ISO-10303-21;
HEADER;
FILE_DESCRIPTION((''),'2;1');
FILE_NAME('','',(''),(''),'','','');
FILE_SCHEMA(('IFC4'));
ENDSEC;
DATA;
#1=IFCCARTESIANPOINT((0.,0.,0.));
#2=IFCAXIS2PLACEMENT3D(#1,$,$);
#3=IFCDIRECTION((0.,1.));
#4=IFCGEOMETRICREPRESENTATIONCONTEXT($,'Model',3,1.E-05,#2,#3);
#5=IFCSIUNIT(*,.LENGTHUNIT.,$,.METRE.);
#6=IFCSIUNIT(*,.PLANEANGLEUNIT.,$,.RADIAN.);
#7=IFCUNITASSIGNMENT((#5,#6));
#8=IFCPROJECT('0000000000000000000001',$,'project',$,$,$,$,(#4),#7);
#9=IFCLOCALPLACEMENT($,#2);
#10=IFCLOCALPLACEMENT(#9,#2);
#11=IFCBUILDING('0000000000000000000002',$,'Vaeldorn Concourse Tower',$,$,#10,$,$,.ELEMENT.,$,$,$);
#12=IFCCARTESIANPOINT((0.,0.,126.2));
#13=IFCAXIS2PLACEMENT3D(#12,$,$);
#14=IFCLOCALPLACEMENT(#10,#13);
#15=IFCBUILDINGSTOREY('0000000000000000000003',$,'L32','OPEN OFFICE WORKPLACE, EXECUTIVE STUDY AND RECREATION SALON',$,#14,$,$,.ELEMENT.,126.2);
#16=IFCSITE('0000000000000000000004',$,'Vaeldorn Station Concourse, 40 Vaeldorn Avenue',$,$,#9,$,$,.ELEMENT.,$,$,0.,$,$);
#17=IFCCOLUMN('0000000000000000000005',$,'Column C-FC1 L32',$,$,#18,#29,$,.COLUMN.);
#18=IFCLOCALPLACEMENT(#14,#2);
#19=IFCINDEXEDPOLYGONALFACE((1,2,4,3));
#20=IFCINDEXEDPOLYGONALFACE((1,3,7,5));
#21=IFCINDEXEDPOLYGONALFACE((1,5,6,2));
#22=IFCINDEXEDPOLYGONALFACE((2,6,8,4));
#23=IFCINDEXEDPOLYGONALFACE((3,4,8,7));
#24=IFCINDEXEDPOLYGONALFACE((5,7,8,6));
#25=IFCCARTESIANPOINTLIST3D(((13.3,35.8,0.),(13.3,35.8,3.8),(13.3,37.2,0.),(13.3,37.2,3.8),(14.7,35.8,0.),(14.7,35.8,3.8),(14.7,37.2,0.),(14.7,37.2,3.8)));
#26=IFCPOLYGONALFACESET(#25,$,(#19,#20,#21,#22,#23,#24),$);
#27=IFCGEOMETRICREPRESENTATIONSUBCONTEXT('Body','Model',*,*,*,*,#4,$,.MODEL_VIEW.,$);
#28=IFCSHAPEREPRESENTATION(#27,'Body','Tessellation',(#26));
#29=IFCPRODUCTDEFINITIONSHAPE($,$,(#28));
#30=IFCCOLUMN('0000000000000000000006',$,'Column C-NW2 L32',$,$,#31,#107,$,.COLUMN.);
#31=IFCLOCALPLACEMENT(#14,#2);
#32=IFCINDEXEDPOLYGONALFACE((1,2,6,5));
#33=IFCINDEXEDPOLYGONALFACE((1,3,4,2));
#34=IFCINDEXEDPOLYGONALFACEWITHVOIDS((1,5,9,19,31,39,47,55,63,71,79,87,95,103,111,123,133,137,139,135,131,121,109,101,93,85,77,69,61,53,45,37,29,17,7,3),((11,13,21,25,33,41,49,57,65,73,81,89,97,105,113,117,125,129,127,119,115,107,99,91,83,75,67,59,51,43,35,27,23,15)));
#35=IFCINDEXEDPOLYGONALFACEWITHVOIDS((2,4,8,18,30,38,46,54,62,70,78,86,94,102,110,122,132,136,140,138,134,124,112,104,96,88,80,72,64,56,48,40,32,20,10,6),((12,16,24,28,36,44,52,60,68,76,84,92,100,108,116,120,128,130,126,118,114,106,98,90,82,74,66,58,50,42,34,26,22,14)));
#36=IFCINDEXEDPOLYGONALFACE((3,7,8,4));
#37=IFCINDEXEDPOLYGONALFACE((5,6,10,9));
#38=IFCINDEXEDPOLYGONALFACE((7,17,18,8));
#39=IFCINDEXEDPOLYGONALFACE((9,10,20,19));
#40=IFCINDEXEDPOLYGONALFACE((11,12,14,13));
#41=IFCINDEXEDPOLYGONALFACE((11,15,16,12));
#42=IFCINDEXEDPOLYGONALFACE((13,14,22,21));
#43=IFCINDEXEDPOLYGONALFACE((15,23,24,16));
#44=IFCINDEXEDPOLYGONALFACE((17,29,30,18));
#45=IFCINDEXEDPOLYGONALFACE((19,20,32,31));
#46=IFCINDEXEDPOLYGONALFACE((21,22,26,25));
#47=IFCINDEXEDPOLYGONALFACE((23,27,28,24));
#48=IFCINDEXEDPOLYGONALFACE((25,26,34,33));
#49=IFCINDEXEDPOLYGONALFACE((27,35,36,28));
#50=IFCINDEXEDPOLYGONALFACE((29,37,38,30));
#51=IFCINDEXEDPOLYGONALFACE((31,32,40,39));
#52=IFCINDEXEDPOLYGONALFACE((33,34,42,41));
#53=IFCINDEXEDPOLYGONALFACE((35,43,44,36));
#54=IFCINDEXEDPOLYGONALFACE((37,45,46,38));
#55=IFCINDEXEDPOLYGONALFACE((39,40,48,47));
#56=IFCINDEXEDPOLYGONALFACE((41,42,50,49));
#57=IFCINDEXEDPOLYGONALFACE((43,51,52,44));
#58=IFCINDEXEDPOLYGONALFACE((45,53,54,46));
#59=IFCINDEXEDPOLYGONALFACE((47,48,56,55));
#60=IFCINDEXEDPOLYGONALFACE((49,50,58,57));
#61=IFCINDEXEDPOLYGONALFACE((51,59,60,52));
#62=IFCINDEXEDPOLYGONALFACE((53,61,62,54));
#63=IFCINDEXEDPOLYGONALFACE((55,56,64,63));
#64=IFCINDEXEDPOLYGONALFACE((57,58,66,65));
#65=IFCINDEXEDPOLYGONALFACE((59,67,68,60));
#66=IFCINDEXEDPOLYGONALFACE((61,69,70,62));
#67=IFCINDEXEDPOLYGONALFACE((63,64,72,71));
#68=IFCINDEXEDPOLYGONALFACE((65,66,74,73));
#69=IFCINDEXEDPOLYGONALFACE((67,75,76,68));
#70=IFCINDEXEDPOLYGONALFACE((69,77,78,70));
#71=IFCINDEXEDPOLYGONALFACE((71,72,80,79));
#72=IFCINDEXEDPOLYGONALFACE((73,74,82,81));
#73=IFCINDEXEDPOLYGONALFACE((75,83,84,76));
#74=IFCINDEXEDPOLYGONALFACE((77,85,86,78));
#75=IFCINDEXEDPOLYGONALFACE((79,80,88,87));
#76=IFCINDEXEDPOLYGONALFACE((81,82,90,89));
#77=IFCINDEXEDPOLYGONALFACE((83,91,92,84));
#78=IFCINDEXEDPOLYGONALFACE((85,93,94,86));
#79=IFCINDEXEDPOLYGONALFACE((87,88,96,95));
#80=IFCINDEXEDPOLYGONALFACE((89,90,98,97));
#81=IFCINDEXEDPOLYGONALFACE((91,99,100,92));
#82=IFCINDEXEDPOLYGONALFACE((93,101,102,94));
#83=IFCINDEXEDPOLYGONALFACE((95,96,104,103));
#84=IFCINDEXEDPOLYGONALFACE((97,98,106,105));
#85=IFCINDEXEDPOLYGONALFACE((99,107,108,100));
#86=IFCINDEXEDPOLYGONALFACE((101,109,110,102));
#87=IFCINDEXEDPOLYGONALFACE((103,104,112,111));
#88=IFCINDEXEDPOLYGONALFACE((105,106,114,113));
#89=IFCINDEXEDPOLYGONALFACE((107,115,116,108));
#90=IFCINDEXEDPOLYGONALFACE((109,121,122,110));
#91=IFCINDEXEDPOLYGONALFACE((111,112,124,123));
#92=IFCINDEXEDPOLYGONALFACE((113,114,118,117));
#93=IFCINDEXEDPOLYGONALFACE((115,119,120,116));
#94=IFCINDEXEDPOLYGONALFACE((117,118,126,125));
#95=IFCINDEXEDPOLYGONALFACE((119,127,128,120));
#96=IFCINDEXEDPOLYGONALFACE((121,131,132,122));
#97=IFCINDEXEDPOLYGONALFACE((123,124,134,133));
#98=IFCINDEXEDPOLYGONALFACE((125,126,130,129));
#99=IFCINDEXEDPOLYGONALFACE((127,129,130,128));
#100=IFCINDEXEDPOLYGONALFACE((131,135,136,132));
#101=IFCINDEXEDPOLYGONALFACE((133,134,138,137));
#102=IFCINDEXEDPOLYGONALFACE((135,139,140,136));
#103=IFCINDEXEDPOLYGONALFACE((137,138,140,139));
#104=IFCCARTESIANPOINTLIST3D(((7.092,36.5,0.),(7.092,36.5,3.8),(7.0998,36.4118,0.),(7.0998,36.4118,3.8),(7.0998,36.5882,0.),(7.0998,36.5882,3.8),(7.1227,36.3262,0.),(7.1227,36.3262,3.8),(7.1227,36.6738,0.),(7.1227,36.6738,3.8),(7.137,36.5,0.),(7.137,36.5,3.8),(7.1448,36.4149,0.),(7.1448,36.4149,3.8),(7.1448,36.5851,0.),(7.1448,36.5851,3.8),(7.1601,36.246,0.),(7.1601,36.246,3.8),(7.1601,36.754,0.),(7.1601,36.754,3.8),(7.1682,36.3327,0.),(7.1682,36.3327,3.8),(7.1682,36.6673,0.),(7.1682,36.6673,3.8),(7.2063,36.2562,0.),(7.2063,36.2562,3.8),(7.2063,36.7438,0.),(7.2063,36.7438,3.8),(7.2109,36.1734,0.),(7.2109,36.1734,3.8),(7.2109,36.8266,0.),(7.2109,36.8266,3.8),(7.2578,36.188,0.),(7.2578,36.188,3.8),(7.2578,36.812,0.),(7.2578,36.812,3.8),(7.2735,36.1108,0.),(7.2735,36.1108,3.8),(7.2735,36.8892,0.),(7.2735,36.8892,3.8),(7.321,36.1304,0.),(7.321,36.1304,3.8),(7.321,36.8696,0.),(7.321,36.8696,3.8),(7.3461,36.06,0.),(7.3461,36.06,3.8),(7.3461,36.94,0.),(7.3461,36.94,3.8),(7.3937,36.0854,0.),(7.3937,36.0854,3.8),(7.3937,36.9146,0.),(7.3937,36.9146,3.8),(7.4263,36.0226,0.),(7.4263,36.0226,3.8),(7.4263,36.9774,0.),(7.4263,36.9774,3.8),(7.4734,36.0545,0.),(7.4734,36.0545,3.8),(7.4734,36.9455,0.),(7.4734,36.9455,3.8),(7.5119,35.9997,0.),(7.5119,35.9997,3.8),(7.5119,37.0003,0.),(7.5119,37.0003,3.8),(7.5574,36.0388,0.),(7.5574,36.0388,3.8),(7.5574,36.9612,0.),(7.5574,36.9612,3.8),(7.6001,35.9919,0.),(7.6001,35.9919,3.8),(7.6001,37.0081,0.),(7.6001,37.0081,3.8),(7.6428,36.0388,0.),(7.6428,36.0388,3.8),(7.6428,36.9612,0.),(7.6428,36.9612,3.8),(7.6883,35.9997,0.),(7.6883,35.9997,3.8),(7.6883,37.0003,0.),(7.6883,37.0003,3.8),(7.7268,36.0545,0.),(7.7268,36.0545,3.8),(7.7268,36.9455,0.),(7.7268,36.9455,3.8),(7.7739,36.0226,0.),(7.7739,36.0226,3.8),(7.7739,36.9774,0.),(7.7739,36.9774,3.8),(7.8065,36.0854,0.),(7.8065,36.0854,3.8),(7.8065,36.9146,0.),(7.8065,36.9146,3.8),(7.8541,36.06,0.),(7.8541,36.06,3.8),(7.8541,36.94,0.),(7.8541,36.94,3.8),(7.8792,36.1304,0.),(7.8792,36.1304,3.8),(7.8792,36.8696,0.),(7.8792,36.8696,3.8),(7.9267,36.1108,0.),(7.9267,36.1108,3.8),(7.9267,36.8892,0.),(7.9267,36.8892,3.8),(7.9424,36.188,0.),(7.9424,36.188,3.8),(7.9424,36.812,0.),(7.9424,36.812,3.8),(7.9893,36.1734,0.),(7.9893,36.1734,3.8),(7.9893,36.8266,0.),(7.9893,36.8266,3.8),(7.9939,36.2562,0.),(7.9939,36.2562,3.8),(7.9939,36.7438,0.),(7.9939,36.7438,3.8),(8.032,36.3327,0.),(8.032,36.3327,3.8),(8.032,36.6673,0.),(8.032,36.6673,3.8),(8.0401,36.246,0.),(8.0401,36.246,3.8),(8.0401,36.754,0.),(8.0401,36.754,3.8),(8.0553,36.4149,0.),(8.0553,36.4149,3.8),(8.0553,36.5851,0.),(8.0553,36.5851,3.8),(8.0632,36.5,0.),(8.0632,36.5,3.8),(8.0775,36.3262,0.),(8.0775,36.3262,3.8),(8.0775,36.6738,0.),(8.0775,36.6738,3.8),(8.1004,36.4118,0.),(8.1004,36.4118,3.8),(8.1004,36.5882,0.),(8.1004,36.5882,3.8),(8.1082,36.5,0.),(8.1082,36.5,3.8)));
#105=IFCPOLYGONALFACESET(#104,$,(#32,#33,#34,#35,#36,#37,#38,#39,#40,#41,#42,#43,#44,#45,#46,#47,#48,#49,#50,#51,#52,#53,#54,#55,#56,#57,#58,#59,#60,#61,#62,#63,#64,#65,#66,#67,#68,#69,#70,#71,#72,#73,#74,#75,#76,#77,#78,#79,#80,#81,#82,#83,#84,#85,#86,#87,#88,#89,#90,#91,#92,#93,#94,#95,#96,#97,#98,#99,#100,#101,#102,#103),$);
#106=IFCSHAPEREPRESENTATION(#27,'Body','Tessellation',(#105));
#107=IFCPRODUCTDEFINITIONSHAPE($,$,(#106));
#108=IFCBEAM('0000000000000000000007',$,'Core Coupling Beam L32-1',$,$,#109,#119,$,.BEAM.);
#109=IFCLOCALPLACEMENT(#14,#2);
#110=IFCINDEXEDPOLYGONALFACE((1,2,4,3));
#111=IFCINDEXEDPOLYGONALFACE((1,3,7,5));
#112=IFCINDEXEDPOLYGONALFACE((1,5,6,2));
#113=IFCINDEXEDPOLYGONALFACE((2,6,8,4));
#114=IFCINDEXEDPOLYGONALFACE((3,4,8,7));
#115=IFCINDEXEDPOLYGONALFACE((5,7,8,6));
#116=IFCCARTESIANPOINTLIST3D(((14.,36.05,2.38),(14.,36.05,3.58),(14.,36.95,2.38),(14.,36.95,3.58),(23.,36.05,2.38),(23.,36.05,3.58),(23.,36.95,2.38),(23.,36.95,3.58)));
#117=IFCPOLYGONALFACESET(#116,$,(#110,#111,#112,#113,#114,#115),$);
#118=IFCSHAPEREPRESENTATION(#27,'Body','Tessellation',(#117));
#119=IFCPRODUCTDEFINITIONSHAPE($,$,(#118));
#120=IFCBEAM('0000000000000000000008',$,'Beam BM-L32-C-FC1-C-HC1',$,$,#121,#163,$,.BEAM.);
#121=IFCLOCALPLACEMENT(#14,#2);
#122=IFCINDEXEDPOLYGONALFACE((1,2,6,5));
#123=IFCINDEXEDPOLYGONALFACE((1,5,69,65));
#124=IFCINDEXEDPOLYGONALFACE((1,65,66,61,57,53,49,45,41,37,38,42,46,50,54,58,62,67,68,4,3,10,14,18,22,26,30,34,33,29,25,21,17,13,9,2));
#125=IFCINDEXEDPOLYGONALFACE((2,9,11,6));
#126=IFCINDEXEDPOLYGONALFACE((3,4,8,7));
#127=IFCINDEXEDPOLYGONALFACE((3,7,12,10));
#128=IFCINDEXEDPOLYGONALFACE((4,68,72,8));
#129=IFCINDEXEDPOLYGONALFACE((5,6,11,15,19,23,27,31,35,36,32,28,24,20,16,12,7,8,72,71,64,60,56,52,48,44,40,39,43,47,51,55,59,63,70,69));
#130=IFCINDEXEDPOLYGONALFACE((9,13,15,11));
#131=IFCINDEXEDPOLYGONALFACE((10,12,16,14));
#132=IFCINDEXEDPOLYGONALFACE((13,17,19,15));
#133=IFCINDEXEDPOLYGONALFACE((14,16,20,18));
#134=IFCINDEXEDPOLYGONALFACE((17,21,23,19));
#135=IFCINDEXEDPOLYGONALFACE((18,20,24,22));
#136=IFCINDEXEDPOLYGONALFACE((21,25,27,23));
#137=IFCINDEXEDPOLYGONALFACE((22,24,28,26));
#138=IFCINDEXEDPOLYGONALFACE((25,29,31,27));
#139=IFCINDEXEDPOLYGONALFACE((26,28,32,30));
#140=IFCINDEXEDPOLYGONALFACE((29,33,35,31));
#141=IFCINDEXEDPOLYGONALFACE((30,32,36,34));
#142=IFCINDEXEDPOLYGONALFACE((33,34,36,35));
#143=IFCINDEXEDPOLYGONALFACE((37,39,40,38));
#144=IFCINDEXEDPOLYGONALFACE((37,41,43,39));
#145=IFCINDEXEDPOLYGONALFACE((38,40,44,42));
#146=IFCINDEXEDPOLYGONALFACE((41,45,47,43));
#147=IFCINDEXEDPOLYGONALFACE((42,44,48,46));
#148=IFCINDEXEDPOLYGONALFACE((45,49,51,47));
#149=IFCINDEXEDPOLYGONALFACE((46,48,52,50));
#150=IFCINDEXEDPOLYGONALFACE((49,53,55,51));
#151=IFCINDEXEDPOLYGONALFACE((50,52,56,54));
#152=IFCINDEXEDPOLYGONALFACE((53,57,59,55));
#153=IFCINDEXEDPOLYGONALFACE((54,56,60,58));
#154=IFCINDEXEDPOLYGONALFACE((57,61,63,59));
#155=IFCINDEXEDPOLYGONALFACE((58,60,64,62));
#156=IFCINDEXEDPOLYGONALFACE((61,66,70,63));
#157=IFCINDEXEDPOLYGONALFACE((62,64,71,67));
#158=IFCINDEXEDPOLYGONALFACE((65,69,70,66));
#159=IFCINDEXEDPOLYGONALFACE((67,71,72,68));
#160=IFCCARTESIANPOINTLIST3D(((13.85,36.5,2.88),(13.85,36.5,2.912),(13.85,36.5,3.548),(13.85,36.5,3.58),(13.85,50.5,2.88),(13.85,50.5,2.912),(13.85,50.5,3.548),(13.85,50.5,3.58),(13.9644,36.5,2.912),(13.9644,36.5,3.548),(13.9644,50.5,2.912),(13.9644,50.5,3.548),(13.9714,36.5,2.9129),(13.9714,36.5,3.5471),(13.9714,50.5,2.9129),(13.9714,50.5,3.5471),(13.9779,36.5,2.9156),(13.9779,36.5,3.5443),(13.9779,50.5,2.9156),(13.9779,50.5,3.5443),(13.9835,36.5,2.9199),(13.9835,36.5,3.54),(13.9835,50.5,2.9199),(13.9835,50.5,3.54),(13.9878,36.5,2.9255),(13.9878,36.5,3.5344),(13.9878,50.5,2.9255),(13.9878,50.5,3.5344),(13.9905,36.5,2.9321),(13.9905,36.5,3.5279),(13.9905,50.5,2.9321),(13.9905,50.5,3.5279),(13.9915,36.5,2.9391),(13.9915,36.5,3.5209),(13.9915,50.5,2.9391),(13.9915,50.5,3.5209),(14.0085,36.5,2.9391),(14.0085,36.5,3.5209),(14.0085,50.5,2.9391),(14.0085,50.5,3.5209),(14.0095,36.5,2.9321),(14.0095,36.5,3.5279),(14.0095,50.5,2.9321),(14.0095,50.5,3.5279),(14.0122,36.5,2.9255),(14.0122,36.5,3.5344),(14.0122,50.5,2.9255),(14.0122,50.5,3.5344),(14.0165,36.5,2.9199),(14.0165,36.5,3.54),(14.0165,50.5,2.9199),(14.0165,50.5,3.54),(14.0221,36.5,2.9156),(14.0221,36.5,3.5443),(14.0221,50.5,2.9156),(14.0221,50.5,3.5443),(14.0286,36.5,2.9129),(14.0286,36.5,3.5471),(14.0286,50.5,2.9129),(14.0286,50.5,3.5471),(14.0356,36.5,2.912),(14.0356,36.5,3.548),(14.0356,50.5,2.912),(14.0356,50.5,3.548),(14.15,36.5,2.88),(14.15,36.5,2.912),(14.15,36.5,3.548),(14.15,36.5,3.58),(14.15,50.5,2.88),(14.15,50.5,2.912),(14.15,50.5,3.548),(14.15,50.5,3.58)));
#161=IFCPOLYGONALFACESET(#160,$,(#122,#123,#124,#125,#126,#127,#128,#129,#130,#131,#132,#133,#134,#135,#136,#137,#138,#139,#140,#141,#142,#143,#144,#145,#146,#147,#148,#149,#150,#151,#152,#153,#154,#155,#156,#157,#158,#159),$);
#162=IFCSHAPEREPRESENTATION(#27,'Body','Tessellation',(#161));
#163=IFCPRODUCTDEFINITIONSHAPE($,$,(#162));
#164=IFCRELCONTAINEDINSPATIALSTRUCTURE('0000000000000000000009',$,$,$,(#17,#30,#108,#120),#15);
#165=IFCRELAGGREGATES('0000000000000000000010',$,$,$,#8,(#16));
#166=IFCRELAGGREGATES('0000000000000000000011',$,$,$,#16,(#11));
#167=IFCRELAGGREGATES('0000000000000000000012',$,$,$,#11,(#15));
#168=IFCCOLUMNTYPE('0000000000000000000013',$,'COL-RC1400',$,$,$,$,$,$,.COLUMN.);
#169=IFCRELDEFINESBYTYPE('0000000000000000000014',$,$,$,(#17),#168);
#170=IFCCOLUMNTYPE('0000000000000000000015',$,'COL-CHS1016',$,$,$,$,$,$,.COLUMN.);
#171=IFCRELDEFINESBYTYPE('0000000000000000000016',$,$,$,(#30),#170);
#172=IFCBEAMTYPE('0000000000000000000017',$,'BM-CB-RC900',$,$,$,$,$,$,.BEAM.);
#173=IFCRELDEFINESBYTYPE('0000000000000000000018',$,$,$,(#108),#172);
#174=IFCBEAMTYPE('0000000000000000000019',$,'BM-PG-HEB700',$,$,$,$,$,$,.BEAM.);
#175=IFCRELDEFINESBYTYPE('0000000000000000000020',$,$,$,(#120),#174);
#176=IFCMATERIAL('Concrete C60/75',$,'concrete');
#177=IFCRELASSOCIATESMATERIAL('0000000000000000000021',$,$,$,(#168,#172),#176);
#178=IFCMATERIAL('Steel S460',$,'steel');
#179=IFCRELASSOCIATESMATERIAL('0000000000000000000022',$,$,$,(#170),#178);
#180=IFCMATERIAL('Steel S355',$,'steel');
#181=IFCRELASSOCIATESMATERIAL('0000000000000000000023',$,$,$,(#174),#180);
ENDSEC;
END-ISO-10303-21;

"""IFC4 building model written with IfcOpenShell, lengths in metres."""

from ifc_helpers import new_model, si_unit, direction, frame, origin, origin_2d, place, context, subcontext, project, spatial, rectangle, hollow_circle, i_section, extrude, source, transform, mapped, material, material_profile, profile_set, type_object, element, save


model = new_model("IFC4")

# Units and contexts
model_context = context("Model", 3, precision=1e-05, world=origin(), true_north=direction((0.0, 1.0)))
body_context = subcontext(model_context, "Body", "Model", "MODEL_VIEW")
ifc_project = project(units=[si_unit("LENGTHUNIT", "METRE"), si_unit("PLANEANGLEUNIT", "RADIAN")], contexts=[model_context])

# Site, building, storey
site_placement = place(None, origin())
site = spatial("IfcSite", under=ifc_project, at=site_placement, Name="Vaeldorn Station Concourse, 40 Vaeldorn Avenue", CompositionType="ELEMENT", RefElevation=0.0)
building_placement = place(site_placement, origin())
building = spatial("IfcBuilding", under=site, at=building_placement, Name="Vaeldorn Concourse Tower", CompositionType="ELEMENT")
storey_placement = place(building_placement, frame((0.0, 0.0, 126.2)))
storey = spatial("IfcBuildingStorey", under=building, at=storey_placement, Name="L32", Description="OPEN OFFICE WORKPLACE, EXECUTIVE STUDY AND RECREATION SALON", CompositionType="ELEMENT", Elevation=126.2)

# Columns
ifc_material_1 = material(Name="Concrete C60/75", Category="concrete")
ifc_material_profile_1 = material_profile(ifc_material_1, rectangle(XDim=1.3999, YDim=1.3999, at=origin_2d()), Name="RC 1400x1400")
ifc_profile_set_1 = profile_set([ifc_material_profile_1], Name="Concrete C60/75")
column_type_1 = type_object("IfcColumnType", Name="COL-RC1400", PredefinedType="COLUMN", material=ifc_profile_set_1)
shared_shape_1 = source(origin(), body_context, "Body", "SweptSolid", [
    extrude(rectangle(XDim=1.3999, YDim=1.3999, at=origin_2d()), origin(), (0.0, 0.0, 1.0), 3.8),
])
column_1_placement = place(storey_placement, frame((14.0, 36.5, 0.0), z_axis=(0.0, 0.0, 1.0), x_axis=(1.0, 0.0, 0.0)))
element("IfcColumn", 1, at=column_1_placement, inside=storey, type_object=column_type_1, Name="Column C-FC1 L32", PredefinedType="COLUMN", context=body_context, shape_type="MappedRepresentation", body=[
    mapped(shared_shape_1, transform((0.0, 0.0, 0.0), scale=1.0)),
])
ifc_material_2 = material(Name="Steel S460", Category="steel")
ifc_material_profile_2 = material_profile(ifc_material_2, hollow_circle(Radius=0.5081, WallThickness=0.0449, at=origin_2d()), Name="CHS 1016x45")
ifc_profile_set_2 = profile_set([ifc_material_profile_2], Name="Steel S460")
column_type_2 = type_object("IfcColumnType", Name="COL-CHS1016", PredefinedType="COLUMN", material=ifc_profile_set_2)
shared_shape_2 = source(origin(), body_context, "Body", "SweptSolid", [
    extrude(hollow_circle(Radius=0.5081, WallThickness=0.0449, at=origin_2d()), origin(), (0.0, 0.0, 1.0), 3.8),
])
column_2_placement = place(storey_placement, frame((7.6001, 36.5, 0.0), z_axis=(0.0, 0.0, 1.0), x_axis=(1.0, 0.0, 0.0)))
element("IfcColumn", 2, at=column_2_placement, inside=storey, type_object=column_type_2, Name="Column C-NW2 L32", PredefinedType="COLUMN", context=body_context, shape_type="MappedRepresentation", body=[
    mapped(shared_shape_2, transform((0.0, 0.0, 0.0), scale=1.0)),
])

# Beams
ifc_material_profile_3 = material_profile(ifc_material_1, rectangle(XDim=0.8999, YDim=1.2, at=origin_2d()), Name="RC 900x1200")
ifc_profile_set_3 = profile_set([ifc_material_profile_3], Name="Concrete C60/75")
beam_type_1 = type_object("IfcBeamType", Name="BM-CB-RC900", PredefinedType="BEAM", material=ifc_profile_set_3)
shared_shape_3 = source(origin(), body_context, "Body", "SweptSolid", [
    extrude(rectangle(XDim=0.8999, YDim=1.2, at=origin_2d()), origin(), (0.0, 0.0, 1.0), 9.0),
])
beam_1_placement = place(storey_placement, frame((14.0, 36.5, 2.98), z_axis=(1.0, 0.0, 0.0), x_axis=(0.0, 1.0, 0.0)))
element("IfcBeam", 3, at=beam_1_placement, inside=storey, type_object=beam_type_1, Name="Core Coupling Beam L32-1", PredefinedType="BEAM", context=body_context, shape_type="MappedRepresentation", body=[
    mapped(shared_shape_3, transform((0.0, 0.0, 0.0), scale=1.0)),
])
ifc_material_3 = material(Name="Steel S355", Category="steel")
ifc_material_profile_4 = material_profile(ifc_material_3, i_section(OverallWidth=0.3, OverallDepth=0.7, WebThickness=0.0171, FlangeThickness=0.032, FilletRadius=0.0271, at=origin_2d()), Name="HEB 700")
ifc_profile_set_4 = profile_set([ifc_material_profile_4], Name="Steel S355")
beam_type_2 = type_object("IfcBeamType", Name="BM-PG-HEB700", PredefinedType="BEAM", material=ifc_profile_set_4)
shared_shape_4 = source(origin(), body_context, "Body", "SweptSolid", [
    extrude(i_section(OverallWidth=0.3, OverallDepth=0.7, WebThickness=0.0171, FlangeThickness=0.032, FilletRadius=0.0271, at=origin_2d()), origin(), (0.0, 0.0, 1.0), 14.0),
])
beam_2_placement = place(storey_placement, frame((14.0, 36.5, 3.23), z_axis=(0.0, 1.0, 0.0), x_axis=(-1.0, 0.0, 0.0)))
element("IfcBeam", 4, at=beam_2_placement, inside=storey, type_object=beam_type_2, Name="Beam BM-L32-C-FC1-C-HC1", PredefinedType="BEAM", context=body_context, shape_type="MappedRepresentation", body=[
    mapped(shared_shape_4, transform((0.0, 0.0, 0.0), scale=1.0)),
])

save(model, "model.ifc")
